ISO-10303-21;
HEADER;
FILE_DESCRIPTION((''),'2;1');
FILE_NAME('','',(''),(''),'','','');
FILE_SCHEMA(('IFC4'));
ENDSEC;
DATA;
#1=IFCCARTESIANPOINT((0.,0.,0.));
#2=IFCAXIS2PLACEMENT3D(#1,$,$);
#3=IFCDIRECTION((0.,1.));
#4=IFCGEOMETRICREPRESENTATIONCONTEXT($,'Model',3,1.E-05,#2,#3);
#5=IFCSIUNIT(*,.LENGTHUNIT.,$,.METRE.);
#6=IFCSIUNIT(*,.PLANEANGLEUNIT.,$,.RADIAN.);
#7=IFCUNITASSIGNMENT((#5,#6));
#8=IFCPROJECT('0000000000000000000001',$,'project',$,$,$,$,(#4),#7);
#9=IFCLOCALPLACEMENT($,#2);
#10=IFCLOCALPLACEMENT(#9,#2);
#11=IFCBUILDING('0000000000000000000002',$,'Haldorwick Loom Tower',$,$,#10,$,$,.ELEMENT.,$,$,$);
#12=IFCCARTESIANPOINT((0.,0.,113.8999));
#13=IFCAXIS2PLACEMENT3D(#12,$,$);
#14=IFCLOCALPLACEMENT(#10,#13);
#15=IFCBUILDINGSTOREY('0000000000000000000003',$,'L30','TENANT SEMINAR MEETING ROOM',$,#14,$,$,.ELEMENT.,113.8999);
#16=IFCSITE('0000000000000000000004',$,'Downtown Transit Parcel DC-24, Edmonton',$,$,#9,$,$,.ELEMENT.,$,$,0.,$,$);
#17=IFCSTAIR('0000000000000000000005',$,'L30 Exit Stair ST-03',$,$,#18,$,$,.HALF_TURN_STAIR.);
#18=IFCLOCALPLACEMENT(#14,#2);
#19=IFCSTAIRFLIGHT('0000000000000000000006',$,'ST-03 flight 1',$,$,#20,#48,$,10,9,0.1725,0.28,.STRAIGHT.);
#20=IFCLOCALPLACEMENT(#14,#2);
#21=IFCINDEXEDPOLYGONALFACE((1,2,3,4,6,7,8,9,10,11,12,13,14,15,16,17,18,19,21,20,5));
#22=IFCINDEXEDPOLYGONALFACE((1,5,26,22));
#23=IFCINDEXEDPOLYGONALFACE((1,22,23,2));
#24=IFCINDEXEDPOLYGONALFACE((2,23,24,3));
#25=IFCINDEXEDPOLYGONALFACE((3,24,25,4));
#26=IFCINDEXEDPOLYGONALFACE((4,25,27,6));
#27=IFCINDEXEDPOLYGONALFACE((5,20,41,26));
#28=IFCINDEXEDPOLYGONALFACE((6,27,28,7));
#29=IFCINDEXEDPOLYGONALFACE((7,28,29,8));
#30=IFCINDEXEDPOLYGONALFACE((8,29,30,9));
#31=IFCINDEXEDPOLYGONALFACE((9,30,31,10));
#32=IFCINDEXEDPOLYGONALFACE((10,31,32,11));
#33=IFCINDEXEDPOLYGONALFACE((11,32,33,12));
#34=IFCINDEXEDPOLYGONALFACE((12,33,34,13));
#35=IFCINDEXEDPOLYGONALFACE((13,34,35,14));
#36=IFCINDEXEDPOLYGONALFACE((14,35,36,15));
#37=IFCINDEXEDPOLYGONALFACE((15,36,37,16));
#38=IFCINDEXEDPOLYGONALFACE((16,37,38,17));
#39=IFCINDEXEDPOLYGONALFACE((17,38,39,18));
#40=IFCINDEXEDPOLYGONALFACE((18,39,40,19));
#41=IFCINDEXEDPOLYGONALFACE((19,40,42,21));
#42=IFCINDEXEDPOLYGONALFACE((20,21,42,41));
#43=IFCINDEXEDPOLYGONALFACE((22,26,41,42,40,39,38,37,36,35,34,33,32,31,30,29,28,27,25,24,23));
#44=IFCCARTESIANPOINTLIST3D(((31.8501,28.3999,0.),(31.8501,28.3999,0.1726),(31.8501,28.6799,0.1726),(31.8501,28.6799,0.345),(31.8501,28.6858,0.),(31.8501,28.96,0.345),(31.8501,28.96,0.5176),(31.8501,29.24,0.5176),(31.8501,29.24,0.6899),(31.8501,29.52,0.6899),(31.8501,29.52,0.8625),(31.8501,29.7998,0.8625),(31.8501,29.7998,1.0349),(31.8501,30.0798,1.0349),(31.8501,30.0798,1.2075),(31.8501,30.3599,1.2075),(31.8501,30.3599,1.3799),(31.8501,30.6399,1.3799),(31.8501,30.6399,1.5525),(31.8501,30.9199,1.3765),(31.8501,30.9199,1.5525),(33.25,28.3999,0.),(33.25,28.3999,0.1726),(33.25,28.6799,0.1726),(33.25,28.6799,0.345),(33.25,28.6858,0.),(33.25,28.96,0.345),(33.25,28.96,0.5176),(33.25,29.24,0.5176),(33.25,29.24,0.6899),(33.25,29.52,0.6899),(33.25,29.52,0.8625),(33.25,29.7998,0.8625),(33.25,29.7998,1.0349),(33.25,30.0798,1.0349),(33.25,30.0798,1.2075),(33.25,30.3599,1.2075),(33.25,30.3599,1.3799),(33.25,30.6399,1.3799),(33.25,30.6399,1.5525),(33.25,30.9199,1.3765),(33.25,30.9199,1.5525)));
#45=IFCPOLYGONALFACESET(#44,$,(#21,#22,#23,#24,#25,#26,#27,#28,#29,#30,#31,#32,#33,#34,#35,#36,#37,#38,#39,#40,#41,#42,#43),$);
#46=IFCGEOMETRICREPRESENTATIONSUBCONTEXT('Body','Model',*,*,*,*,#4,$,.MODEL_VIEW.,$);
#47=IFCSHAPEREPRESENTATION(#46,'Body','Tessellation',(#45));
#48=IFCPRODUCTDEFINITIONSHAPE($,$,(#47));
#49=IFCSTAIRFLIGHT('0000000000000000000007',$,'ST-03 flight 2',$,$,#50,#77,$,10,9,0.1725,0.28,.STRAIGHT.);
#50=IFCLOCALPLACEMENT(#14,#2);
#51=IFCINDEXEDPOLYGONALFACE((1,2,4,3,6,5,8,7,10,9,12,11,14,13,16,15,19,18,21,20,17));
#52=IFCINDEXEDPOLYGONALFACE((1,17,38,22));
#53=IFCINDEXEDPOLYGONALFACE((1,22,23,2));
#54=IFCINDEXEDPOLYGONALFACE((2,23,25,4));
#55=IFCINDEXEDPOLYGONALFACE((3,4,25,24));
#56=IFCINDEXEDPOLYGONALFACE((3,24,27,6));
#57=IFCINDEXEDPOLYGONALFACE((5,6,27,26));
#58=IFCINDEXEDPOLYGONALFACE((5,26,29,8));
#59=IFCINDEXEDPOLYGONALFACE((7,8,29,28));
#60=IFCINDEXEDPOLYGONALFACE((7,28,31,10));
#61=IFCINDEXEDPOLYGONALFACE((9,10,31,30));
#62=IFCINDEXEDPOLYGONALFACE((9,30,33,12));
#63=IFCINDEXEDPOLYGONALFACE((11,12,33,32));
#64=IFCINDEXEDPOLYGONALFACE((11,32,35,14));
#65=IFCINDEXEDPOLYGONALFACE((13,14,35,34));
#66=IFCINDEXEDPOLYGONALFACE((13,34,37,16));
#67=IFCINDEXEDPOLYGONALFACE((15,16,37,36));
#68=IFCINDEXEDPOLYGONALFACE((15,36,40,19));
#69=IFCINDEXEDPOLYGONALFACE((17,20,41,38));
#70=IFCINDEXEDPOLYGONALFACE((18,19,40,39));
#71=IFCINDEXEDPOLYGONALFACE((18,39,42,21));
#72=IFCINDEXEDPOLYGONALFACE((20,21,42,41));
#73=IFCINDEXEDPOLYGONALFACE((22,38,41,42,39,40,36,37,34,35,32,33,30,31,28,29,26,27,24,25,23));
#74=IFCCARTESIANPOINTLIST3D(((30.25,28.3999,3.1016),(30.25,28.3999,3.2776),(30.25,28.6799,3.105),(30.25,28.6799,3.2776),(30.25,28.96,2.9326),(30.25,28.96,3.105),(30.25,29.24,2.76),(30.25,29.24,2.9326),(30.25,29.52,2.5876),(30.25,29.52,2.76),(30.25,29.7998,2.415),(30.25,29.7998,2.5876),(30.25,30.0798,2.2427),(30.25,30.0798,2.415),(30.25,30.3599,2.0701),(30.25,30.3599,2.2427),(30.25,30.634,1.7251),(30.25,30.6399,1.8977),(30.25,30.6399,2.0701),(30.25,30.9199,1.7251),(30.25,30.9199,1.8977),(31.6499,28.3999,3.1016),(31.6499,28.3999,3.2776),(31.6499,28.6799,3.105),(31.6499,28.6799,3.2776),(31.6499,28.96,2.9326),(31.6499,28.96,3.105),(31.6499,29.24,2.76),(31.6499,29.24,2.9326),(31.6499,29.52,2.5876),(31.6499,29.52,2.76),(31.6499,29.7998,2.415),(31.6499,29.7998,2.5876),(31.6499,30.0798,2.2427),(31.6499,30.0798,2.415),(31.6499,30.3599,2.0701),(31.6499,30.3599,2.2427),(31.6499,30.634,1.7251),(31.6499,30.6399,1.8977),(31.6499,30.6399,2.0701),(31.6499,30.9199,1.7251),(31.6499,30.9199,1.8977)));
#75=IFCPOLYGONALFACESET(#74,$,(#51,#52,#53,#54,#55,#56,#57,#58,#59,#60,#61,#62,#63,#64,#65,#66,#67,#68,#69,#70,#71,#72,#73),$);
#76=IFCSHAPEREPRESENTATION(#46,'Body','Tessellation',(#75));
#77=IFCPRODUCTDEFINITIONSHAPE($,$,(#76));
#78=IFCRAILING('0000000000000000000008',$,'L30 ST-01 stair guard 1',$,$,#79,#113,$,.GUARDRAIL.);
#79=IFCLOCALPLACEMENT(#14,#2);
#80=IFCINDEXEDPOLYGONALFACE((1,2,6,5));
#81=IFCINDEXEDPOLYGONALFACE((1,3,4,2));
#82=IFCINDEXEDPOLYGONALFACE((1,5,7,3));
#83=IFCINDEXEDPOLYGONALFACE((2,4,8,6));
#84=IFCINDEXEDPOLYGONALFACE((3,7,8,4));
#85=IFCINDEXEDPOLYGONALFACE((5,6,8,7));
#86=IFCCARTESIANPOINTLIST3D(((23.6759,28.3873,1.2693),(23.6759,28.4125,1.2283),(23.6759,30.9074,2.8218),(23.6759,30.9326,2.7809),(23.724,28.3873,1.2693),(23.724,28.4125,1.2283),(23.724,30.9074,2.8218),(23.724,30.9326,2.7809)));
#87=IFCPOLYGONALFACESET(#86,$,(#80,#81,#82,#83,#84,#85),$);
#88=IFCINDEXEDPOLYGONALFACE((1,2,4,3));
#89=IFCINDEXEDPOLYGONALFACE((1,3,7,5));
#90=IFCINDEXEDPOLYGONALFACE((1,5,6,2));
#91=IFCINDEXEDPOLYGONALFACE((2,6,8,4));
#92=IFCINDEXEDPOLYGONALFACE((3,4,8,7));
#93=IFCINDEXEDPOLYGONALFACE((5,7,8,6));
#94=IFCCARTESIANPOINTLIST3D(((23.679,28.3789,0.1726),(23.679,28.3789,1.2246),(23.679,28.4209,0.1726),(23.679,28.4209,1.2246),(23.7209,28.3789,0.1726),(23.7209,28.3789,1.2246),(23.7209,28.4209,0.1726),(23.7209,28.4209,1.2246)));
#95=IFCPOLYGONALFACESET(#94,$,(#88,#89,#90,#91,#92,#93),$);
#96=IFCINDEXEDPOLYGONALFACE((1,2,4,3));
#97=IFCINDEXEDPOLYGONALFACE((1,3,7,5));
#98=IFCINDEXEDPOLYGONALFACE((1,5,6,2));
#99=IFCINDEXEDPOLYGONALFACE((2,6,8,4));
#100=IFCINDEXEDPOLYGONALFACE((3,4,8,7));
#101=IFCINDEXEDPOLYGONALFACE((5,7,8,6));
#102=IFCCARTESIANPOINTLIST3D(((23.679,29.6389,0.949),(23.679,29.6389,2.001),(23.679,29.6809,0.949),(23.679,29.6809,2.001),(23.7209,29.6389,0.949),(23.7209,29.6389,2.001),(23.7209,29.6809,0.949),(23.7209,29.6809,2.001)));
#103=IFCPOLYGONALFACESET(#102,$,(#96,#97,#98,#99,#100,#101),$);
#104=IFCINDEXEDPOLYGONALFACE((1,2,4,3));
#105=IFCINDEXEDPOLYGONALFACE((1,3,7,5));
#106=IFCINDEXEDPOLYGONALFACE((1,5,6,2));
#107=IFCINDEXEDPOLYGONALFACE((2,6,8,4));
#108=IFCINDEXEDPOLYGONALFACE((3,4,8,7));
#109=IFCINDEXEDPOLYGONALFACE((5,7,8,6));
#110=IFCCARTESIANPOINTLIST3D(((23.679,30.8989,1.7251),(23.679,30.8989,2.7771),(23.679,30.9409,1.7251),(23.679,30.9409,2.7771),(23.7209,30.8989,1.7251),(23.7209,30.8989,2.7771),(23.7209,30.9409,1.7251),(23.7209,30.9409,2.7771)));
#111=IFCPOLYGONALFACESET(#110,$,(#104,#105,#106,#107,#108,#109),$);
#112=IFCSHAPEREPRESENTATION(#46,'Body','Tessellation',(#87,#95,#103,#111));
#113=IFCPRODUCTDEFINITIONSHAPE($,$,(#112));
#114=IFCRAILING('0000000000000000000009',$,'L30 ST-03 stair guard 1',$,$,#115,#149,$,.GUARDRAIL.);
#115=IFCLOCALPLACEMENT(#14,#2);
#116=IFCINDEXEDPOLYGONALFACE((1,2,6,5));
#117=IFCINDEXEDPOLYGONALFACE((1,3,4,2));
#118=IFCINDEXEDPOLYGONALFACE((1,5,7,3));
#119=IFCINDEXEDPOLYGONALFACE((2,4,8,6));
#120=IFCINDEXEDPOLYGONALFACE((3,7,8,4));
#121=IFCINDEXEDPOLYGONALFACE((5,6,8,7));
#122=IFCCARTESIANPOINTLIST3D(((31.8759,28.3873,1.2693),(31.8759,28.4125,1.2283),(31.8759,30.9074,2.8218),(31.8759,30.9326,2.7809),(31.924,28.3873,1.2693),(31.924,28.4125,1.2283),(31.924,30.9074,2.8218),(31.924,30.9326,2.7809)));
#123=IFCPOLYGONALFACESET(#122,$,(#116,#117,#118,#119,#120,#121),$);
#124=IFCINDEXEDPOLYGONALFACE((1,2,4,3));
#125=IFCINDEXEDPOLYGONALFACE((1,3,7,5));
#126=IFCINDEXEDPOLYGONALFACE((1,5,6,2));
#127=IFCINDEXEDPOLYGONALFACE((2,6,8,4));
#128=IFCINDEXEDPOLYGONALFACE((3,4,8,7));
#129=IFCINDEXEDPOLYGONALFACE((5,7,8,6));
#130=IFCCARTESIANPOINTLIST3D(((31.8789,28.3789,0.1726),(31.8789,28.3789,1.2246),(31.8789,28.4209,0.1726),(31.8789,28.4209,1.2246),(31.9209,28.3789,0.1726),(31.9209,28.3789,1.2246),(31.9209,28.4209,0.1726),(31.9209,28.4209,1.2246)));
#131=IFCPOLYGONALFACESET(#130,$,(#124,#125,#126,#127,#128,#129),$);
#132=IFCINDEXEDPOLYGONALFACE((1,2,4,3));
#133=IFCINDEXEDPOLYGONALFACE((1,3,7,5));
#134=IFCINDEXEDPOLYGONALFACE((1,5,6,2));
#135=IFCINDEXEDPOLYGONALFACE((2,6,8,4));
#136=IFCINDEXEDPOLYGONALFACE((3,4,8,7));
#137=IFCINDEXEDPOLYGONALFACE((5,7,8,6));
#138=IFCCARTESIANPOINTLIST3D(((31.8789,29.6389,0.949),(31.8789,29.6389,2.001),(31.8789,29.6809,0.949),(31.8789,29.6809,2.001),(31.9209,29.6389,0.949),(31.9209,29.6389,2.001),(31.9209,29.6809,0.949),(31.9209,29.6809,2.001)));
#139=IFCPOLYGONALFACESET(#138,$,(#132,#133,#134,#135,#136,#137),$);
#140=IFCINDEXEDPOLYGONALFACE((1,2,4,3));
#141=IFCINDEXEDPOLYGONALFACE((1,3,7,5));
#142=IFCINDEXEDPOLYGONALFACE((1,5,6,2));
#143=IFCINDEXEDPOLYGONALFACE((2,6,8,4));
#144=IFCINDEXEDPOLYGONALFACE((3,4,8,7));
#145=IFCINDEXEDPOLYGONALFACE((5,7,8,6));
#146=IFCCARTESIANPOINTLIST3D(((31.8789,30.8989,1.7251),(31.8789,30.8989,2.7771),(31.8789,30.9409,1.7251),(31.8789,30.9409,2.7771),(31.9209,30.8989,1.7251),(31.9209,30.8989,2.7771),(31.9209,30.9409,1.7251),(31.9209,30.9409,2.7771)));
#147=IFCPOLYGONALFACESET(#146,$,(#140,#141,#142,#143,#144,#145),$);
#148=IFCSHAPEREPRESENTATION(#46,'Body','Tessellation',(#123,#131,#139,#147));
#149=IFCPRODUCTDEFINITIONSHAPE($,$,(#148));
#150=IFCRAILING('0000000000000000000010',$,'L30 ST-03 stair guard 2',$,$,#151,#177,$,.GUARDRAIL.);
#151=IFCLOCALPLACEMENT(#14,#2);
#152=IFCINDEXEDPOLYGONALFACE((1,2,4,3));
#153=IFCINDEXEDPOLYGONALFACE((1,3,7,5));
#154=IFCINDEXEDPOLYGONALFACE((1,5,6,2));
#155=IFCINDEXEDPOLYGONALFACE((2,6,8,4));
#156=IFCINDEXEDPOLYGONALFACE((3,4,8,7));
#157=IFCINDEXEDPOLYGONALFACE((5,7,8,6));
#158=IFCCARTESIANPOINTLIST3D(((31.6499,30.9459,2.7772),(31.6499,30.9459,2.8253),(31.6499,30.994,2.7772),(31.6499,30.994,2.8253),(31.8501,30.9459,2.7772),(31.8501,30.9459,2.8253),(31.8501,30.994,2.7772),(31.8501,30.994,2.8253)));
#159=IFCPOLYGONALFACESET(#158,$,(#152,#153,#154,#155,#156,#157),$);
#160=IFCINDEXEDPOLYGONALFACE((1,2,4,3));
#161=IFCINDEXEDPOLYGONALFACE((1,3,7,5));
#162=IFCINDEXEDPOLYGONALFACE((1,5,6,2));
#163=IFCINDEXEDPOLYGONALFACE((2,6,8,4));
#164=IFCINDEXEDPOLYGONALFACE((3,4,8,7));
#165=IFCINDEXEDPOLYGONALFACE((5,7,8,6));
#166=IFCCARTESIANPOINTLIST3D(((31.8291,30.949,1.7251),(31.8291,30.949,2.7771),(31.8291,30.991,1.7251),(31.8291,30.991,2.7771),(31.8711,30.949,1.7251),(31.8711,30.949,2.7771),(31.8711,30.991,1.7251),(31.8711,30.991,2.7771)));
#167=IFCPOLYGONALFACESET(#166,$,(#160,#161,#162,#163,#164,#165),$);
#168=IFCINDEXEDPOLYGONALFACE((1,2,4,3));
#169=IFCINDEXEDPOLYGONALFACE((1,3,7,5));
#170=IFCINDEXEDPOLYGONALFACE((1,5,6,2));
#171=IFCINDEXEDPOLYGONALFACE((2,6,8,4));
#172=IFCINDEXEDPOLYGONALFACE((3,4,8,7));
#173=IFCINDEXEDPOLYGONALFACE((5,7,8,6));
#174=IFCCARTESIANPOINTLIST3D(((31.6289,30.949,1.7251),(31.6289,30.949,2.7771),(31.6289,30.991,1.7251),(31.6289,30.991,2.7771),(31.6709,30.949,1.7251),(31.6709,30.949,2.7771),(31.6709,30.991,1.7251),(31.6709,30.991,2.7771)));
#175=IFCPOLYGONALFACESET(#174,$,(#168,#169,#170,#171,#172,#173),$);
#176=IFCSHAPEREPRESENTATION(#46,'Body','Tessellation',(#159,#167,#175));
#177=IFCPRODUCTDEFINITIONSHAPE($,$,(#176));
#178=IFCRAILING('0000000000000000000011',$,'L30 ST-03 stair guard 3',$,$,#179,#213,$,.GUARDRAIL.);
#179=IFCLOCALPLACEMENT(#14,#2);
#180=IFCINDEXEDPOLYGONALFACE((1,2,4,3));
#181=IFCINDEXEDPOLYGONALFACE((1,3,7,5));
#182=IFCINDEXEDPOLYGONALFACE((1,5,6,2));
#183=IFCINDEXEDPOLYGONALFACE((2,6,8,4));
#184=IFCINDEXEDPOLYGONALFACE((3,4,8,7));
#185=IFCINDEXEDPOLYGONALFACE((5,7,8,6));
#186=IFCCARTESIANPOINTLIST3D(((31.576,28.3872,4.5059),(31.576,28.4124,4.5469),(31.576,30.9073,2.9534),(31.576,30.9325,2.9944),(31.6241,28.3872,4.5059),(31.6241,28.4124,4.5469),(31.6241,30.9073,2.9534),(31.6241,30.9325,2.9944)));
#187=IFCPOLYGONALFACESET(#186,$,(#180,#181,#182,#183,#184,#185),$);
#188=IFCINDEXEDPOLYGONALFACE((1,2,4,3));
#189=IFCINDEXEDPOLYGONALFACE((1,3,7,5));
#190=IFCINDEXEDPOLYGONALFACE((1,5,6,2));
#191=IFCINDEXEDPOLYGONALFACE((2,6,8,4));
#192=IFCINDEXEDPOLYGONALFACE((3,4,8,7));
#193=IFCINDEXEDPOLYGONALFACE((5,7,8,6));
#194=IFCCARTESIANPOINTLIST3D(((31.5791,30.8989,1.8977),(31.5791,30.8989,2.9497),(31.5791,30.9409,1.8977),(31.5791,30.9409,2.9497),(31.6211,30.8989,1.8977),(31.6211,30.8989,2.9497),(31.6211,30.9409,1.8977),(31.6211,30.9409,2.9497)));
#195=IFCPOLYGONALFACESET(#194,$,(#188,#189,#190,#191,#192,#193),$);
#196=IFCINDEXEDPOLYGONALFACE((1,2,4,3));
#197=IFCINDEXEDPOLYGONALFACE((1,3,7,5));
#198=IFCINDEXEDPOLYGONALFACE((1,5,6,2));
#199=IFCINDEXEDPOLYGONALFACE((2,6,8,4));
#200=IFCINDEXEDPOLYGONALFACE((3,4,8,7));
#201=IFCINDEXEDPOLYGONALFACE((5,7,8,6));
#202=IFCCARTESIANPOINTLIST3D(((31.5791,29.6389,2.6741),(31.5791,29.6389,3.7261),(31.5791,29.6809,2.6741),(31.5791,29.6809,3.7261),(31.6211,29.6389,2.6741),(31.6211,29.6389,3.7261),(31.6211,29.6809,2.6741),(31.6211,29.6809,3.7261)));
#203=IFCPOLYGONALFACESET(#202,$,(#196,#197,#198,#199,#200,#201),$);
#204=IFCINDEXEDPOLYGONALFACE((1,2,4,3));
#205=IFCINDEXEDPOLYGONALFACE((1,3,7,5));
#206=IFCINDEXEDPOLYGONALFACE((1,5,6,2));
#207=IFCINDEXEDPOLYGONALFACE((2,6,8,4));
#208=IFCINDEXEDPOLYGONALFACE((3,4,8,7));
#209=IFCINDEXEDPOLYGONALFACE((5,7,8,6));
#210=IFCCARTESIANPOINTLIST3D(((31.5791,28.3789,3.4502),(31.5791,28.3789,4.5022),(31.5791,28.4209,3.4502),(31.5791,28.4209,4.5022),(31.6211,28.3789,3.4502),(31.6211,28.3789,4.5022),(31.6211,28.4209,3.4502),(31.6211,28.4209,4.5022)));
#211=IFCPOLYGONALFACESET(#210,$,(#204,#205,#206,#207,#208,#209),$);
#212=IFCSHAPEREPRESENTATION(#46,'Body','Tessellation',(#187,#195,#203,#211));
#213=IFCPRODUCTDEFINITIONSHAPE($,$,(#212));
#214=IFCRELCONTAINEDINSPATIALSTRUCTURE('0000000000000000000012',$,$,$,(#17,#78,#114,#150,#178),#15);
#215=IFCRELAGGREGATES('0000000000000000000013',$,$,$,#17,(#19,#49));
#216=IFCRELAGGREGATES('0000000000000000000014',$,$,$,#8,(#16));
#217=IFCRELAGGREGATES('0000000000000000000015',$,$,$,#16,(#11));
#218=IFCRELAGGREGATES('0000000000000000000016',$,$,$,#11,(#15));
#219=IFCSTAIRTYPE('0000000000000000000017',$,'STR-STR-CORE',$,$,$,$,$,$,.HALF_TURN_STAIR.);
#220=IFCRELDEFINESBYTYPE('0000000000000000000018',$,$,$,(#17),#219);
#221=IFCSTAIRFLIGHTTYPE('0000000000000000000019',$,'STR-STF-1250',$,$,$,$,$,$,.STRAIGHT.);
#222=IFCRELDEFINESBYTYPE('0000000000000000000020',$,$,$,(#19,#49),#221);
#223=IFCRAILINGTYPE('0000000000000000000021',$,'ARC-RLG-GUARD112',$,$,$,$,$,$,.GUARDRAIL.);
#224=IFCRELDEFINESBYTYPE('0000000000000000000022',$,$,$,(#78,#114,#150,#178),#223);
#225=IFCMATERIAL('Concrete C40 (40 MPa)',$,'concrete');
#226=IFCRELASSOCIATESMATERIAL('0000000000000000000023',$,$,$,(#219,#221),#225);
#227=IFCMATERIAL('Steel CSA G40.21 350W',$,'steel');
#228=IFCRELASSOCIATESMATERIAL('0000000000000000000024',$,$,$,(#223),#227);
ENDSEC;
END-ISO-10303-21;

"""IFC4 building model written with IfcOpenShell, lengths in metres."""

from ifc_helpers import new_model, si_unit, direction, frame, origin, origin_2d, place, context, subcontext, project, spatial, polyline, rectangle, outline, extrude, material, type_object, element, aggregate, save


model = new_model("IFC4")

# Units and contexts
model_context = context("Model", 3, precision=1e-05, world=origin(), true_north=direction((0.0, 1.0)))
body_context = subcontext(model_context, "Body", "Model", "MODEL_VIEW")
ifc_project = project(units=[si_unit("LENGTHUNIT", "METRE"), si_unit("PLANEANGLEUNIT", "RADIAN")], contexts=[model_context])

# Site, building, storey
site_placement = place(None, origin())
site = spatial("IfcSite", under=ifc_project, at=site_placement, Name="Downtown Transit Parcel DC-24, Edmonton", CompositionType="ELEMENT", RefElevation=0.0)
building_placement = place(site_placement, origin())
building = spatial("IfcBuilding", under=site, at=building_placement, Name="Haldorwick Loom Tower", CompositionType="ELEMENT")
storey_placement = place(building_placement, frame((0.0, 0.0, 113.8999)))
storey = spatial("IfcBuildingStorey", under=building, at=storey_placement, Name="L30", Description="TENANT SEMINAR MEETING ROOM", CompositionType="ELEMENT", Elevation=113.8999)

# Shared definitions
ifc_material_1 = material(Name="Steel CSA G40.21 350W", Category="steel")

# Shared definitions
ifc_material_2 = material(Name="Concrete C40 (40 MPa)", Category="concrete")
stair_type = type_object("IfcStairType", Name="STR-STR-CORE", PredefinedType="HALF_TURN_STAIR", material=ifc_material_2)
stair_flight_type = type_object("IfcStairFlightType", Name="STR-STF-1250", PredefinedType="STRAIGHT", material=ifc_material_2)

# Stair, stair flights
stair_1_placement = place(storey_placement, origin())
stair_1 = element("IfcStair", 1, at=stair_1_placement, inside=storey, type_object=stair_type, Name="L30 Exit Stair ST-03", PredefinedType="HALF_TURN_STAIR")
stair_flight_1_placement = place(storey_placement, frame((32.55, 28.3999, 0.0), z_axis=(0.0, 0.0, 1.0), x_axis=(0.0, 1.0, 0.0)))
stair_flight_1 = element("IfcStairFlight", 2, at=stair_flight_1_placement, type_object=stair_flight_type, Name="ST-03 flight 1", NumberOfRisers=10, NumberOfTreads=9, PredefinedType="STRAIGHT", RiserHeight=0.1725, TreadLength=0.28, context=body_context, shape_type="SweptSolid", body=[
    extrude(outline(polyline([(0.0, 0.0), (0.0, 0.1726), (0.28, 0.1726), (0.28, 0.345), (0.5601, 0.345), (0.5601, 0.5176), (0.8401, 0.5176), (0.8401, 0.6899), (1.1201, 0.6899), (1.1201, 0.8625), (1.3999, 0.8625), (1.3999, 1.0349), (1.6799, 1.0349), (1.6799, 1.2075), (1.96, 1.2075), (1.96, 1.3799), (2.24, 1.3799), (2.24, 1.5525), (2.52, 1.5525), (2.52, 1.7251), (2.52, 1.3765), (0.2859, 0.0), (0.0, 0.0)])), frame((0.0, 0.7, 0.0), z_axis=(0.0, -1.0, 0.0), x_axis=(1.0, 0.0, 0.0)), (0.0, 0.0, 1.0), 1.3999),
])
stair_flight_2_placement = place(storey_placement, frame((30.95, 30.9199, 1.7251), z_axis=(0.0, 0.0, 1.0), x_axis=(0.0, -1.0, 0.0)))
stair_flight_2 = element("IfcStairFlight", 3, at=stair_flight_2_placement, type_object=stair_flight_type, Name="ST-03 flight 2", NumberOfRisers=10, NumberOfTreads=9, PredefinedType="STRAIGHT", RiserHeight=0.1725, TreadLength=0.28, context=body_context, shape_type="SweptSolid", body=[
    extrude(outline(polyline([(0.0, 0.0), (0.0, 0.1726), (0.28, 0.1726), (0.28, 0.345), (0.5601, 0.345), (0.5601, 0.5176), (0.8401, 0.5176), (0.8401, 0.6899), (1.1201, 0.6899), (1.1201, 0.8625), (1.3999, 0.8625), (1.3999, 1.0349), (1.6799, 1.0349), (1.6799, 1.2075), (1.96, 1.2075), (1.96, 1.3799), (2.24, 1.3799), (2.24, 1.5525), (2.52, 1.5525), (2.52, 1.7251), (2.52, 1.3765), (0.2859, 0.0), (0.0, 0.0)])), frame((0.0, 0.7, 0.0), z_axis=(0.0, -1.0, 0.0), x_axis=(1.0, 0.0, 0.0)), (0.0, 0.0, 1.0), 1.3999),
])
aggregate(stair_1, [stair_flight_1, stair_flight_2])

# Railings
railing_type_1 = type_object("IfcRailingType", Name="ARC-RLG-GUARD112", PredefinedType="GUARDRAIL", material=ifc_material_1)
for number, where, name in (
    (4, (23.7, 28.3999, 0.1726), "L30 ST-01 stair guard 1"),
    (5, (31.8999, 28.3999, 0.1726), "L30 ST-03 stair guard 1"),
):
    element("IfcRailing", number, at=place(storey_placement, frame(where)), inside=storey, type_object=railing_type_1, Name=name, PredefinedType="GUARDRAIL", context=body_context, shape_type="SweptSolid", body=[
        extrude(rectangle(XDim=0.0481, YDim=0.0481, at=origin_2d()), frame((0.0, 0.0, 1.0762), z_axis=(0.0, 0.8514, 0.524516), x_axis=(-1.0, 0.0, 0.0)), (0.0, 0.0, 1.0), 2.96),
        extrude(rectangle(XDim=0.042, YDim=0.042, at=origin_2d()), origin(), (0.0, 0.0, 1.0), 1.052),
        extrude(rectangle(XDim=0.042, YDim=0.042, at=origin_2d()), frame((0.0, 1.26, 0.7764)), (0.0, 0.0, 1.0), 1.052),
        extrude(rectangle(XDim=0.042, YDim=0.042, at=origin_2d()), frame((0.0, 2.52, 1.5525)), (0.0, 0.0, 1.0), 1.052),
    ])
railing_1_placement = place(storey_placement, frame((31.8501, 30.97, 1.7251)))
element("IfcRailing", 6, at=railing_1_placement, inside=storey, type_object=railing_type_1, Name="L30 ST-03 stair guard 2", PredefinedType="GUARDRAIL", context=body_context, shape_type="SweptSolid", body=[
    extrude(rectangle(XDim=0.0481, YDim=0.0481, at=origin_2d()), frame((0.0, 0.0, 1.0762), z_axis=(-1.0, 0.0, 0.0), x_axis=(0.0, -1.0, 0.0)), (0.0, 0.0, 1.0), 0.2002),
    extrude(rectangle(XDim=0.042, YDim=0.042, at=origin_2d()), origin(), (0.0, 0.0, 1.0), 1.052),
    extrude(rectangle(XDim=0.042, YDim=0.042, at=origin_2d()), frame((-0.2002, 0.0, 0.0)), (0.0, 0.0, 1.0), 1.052),
])
railing_2_placement = place(storey_placement, frame((31.6001, 30.9199, 1.8977)))
element("IfcRailing", 7, at=railing_2_placement, inside=storey, type_object=railing_type_1, Name="L30 ST-03 stair guard 3", PredefinedType="GUARDRAIL", context=body_context, shape_type="SweptSolid", body=[
    extrude(rectangle(XDim=0.0481, YDim=0.0481, at=origin_2d()), frame((0.0, 0.0, 1.0762), z_axis=(0.0, -0.8514, 0.524516), x_axis=(1.0, 0.0, 0.0)), (0.0, 0.0, 1.0), 2.96),
    extrude(rectangle(XDim=0.042, YDim=0.042, at=origin_2d()), origin(), (0.0, 0.0, 1.0), 1.052),
    extrude(rectangle(XDim=0.042, YDim=0.042, at=origin_2d()), frame((0.0, -1.26, 0.7764)), (0.0, 0.0, 1.0), 1.052),
    extrude(rectangle(XDim=0.042, YDim=0.042, at=origin_2d()), frame((0.0, -2.52, 1.5525)), (0.0, 0.0, 1.0), 1.052),
])

save(model, "model.ifc")
